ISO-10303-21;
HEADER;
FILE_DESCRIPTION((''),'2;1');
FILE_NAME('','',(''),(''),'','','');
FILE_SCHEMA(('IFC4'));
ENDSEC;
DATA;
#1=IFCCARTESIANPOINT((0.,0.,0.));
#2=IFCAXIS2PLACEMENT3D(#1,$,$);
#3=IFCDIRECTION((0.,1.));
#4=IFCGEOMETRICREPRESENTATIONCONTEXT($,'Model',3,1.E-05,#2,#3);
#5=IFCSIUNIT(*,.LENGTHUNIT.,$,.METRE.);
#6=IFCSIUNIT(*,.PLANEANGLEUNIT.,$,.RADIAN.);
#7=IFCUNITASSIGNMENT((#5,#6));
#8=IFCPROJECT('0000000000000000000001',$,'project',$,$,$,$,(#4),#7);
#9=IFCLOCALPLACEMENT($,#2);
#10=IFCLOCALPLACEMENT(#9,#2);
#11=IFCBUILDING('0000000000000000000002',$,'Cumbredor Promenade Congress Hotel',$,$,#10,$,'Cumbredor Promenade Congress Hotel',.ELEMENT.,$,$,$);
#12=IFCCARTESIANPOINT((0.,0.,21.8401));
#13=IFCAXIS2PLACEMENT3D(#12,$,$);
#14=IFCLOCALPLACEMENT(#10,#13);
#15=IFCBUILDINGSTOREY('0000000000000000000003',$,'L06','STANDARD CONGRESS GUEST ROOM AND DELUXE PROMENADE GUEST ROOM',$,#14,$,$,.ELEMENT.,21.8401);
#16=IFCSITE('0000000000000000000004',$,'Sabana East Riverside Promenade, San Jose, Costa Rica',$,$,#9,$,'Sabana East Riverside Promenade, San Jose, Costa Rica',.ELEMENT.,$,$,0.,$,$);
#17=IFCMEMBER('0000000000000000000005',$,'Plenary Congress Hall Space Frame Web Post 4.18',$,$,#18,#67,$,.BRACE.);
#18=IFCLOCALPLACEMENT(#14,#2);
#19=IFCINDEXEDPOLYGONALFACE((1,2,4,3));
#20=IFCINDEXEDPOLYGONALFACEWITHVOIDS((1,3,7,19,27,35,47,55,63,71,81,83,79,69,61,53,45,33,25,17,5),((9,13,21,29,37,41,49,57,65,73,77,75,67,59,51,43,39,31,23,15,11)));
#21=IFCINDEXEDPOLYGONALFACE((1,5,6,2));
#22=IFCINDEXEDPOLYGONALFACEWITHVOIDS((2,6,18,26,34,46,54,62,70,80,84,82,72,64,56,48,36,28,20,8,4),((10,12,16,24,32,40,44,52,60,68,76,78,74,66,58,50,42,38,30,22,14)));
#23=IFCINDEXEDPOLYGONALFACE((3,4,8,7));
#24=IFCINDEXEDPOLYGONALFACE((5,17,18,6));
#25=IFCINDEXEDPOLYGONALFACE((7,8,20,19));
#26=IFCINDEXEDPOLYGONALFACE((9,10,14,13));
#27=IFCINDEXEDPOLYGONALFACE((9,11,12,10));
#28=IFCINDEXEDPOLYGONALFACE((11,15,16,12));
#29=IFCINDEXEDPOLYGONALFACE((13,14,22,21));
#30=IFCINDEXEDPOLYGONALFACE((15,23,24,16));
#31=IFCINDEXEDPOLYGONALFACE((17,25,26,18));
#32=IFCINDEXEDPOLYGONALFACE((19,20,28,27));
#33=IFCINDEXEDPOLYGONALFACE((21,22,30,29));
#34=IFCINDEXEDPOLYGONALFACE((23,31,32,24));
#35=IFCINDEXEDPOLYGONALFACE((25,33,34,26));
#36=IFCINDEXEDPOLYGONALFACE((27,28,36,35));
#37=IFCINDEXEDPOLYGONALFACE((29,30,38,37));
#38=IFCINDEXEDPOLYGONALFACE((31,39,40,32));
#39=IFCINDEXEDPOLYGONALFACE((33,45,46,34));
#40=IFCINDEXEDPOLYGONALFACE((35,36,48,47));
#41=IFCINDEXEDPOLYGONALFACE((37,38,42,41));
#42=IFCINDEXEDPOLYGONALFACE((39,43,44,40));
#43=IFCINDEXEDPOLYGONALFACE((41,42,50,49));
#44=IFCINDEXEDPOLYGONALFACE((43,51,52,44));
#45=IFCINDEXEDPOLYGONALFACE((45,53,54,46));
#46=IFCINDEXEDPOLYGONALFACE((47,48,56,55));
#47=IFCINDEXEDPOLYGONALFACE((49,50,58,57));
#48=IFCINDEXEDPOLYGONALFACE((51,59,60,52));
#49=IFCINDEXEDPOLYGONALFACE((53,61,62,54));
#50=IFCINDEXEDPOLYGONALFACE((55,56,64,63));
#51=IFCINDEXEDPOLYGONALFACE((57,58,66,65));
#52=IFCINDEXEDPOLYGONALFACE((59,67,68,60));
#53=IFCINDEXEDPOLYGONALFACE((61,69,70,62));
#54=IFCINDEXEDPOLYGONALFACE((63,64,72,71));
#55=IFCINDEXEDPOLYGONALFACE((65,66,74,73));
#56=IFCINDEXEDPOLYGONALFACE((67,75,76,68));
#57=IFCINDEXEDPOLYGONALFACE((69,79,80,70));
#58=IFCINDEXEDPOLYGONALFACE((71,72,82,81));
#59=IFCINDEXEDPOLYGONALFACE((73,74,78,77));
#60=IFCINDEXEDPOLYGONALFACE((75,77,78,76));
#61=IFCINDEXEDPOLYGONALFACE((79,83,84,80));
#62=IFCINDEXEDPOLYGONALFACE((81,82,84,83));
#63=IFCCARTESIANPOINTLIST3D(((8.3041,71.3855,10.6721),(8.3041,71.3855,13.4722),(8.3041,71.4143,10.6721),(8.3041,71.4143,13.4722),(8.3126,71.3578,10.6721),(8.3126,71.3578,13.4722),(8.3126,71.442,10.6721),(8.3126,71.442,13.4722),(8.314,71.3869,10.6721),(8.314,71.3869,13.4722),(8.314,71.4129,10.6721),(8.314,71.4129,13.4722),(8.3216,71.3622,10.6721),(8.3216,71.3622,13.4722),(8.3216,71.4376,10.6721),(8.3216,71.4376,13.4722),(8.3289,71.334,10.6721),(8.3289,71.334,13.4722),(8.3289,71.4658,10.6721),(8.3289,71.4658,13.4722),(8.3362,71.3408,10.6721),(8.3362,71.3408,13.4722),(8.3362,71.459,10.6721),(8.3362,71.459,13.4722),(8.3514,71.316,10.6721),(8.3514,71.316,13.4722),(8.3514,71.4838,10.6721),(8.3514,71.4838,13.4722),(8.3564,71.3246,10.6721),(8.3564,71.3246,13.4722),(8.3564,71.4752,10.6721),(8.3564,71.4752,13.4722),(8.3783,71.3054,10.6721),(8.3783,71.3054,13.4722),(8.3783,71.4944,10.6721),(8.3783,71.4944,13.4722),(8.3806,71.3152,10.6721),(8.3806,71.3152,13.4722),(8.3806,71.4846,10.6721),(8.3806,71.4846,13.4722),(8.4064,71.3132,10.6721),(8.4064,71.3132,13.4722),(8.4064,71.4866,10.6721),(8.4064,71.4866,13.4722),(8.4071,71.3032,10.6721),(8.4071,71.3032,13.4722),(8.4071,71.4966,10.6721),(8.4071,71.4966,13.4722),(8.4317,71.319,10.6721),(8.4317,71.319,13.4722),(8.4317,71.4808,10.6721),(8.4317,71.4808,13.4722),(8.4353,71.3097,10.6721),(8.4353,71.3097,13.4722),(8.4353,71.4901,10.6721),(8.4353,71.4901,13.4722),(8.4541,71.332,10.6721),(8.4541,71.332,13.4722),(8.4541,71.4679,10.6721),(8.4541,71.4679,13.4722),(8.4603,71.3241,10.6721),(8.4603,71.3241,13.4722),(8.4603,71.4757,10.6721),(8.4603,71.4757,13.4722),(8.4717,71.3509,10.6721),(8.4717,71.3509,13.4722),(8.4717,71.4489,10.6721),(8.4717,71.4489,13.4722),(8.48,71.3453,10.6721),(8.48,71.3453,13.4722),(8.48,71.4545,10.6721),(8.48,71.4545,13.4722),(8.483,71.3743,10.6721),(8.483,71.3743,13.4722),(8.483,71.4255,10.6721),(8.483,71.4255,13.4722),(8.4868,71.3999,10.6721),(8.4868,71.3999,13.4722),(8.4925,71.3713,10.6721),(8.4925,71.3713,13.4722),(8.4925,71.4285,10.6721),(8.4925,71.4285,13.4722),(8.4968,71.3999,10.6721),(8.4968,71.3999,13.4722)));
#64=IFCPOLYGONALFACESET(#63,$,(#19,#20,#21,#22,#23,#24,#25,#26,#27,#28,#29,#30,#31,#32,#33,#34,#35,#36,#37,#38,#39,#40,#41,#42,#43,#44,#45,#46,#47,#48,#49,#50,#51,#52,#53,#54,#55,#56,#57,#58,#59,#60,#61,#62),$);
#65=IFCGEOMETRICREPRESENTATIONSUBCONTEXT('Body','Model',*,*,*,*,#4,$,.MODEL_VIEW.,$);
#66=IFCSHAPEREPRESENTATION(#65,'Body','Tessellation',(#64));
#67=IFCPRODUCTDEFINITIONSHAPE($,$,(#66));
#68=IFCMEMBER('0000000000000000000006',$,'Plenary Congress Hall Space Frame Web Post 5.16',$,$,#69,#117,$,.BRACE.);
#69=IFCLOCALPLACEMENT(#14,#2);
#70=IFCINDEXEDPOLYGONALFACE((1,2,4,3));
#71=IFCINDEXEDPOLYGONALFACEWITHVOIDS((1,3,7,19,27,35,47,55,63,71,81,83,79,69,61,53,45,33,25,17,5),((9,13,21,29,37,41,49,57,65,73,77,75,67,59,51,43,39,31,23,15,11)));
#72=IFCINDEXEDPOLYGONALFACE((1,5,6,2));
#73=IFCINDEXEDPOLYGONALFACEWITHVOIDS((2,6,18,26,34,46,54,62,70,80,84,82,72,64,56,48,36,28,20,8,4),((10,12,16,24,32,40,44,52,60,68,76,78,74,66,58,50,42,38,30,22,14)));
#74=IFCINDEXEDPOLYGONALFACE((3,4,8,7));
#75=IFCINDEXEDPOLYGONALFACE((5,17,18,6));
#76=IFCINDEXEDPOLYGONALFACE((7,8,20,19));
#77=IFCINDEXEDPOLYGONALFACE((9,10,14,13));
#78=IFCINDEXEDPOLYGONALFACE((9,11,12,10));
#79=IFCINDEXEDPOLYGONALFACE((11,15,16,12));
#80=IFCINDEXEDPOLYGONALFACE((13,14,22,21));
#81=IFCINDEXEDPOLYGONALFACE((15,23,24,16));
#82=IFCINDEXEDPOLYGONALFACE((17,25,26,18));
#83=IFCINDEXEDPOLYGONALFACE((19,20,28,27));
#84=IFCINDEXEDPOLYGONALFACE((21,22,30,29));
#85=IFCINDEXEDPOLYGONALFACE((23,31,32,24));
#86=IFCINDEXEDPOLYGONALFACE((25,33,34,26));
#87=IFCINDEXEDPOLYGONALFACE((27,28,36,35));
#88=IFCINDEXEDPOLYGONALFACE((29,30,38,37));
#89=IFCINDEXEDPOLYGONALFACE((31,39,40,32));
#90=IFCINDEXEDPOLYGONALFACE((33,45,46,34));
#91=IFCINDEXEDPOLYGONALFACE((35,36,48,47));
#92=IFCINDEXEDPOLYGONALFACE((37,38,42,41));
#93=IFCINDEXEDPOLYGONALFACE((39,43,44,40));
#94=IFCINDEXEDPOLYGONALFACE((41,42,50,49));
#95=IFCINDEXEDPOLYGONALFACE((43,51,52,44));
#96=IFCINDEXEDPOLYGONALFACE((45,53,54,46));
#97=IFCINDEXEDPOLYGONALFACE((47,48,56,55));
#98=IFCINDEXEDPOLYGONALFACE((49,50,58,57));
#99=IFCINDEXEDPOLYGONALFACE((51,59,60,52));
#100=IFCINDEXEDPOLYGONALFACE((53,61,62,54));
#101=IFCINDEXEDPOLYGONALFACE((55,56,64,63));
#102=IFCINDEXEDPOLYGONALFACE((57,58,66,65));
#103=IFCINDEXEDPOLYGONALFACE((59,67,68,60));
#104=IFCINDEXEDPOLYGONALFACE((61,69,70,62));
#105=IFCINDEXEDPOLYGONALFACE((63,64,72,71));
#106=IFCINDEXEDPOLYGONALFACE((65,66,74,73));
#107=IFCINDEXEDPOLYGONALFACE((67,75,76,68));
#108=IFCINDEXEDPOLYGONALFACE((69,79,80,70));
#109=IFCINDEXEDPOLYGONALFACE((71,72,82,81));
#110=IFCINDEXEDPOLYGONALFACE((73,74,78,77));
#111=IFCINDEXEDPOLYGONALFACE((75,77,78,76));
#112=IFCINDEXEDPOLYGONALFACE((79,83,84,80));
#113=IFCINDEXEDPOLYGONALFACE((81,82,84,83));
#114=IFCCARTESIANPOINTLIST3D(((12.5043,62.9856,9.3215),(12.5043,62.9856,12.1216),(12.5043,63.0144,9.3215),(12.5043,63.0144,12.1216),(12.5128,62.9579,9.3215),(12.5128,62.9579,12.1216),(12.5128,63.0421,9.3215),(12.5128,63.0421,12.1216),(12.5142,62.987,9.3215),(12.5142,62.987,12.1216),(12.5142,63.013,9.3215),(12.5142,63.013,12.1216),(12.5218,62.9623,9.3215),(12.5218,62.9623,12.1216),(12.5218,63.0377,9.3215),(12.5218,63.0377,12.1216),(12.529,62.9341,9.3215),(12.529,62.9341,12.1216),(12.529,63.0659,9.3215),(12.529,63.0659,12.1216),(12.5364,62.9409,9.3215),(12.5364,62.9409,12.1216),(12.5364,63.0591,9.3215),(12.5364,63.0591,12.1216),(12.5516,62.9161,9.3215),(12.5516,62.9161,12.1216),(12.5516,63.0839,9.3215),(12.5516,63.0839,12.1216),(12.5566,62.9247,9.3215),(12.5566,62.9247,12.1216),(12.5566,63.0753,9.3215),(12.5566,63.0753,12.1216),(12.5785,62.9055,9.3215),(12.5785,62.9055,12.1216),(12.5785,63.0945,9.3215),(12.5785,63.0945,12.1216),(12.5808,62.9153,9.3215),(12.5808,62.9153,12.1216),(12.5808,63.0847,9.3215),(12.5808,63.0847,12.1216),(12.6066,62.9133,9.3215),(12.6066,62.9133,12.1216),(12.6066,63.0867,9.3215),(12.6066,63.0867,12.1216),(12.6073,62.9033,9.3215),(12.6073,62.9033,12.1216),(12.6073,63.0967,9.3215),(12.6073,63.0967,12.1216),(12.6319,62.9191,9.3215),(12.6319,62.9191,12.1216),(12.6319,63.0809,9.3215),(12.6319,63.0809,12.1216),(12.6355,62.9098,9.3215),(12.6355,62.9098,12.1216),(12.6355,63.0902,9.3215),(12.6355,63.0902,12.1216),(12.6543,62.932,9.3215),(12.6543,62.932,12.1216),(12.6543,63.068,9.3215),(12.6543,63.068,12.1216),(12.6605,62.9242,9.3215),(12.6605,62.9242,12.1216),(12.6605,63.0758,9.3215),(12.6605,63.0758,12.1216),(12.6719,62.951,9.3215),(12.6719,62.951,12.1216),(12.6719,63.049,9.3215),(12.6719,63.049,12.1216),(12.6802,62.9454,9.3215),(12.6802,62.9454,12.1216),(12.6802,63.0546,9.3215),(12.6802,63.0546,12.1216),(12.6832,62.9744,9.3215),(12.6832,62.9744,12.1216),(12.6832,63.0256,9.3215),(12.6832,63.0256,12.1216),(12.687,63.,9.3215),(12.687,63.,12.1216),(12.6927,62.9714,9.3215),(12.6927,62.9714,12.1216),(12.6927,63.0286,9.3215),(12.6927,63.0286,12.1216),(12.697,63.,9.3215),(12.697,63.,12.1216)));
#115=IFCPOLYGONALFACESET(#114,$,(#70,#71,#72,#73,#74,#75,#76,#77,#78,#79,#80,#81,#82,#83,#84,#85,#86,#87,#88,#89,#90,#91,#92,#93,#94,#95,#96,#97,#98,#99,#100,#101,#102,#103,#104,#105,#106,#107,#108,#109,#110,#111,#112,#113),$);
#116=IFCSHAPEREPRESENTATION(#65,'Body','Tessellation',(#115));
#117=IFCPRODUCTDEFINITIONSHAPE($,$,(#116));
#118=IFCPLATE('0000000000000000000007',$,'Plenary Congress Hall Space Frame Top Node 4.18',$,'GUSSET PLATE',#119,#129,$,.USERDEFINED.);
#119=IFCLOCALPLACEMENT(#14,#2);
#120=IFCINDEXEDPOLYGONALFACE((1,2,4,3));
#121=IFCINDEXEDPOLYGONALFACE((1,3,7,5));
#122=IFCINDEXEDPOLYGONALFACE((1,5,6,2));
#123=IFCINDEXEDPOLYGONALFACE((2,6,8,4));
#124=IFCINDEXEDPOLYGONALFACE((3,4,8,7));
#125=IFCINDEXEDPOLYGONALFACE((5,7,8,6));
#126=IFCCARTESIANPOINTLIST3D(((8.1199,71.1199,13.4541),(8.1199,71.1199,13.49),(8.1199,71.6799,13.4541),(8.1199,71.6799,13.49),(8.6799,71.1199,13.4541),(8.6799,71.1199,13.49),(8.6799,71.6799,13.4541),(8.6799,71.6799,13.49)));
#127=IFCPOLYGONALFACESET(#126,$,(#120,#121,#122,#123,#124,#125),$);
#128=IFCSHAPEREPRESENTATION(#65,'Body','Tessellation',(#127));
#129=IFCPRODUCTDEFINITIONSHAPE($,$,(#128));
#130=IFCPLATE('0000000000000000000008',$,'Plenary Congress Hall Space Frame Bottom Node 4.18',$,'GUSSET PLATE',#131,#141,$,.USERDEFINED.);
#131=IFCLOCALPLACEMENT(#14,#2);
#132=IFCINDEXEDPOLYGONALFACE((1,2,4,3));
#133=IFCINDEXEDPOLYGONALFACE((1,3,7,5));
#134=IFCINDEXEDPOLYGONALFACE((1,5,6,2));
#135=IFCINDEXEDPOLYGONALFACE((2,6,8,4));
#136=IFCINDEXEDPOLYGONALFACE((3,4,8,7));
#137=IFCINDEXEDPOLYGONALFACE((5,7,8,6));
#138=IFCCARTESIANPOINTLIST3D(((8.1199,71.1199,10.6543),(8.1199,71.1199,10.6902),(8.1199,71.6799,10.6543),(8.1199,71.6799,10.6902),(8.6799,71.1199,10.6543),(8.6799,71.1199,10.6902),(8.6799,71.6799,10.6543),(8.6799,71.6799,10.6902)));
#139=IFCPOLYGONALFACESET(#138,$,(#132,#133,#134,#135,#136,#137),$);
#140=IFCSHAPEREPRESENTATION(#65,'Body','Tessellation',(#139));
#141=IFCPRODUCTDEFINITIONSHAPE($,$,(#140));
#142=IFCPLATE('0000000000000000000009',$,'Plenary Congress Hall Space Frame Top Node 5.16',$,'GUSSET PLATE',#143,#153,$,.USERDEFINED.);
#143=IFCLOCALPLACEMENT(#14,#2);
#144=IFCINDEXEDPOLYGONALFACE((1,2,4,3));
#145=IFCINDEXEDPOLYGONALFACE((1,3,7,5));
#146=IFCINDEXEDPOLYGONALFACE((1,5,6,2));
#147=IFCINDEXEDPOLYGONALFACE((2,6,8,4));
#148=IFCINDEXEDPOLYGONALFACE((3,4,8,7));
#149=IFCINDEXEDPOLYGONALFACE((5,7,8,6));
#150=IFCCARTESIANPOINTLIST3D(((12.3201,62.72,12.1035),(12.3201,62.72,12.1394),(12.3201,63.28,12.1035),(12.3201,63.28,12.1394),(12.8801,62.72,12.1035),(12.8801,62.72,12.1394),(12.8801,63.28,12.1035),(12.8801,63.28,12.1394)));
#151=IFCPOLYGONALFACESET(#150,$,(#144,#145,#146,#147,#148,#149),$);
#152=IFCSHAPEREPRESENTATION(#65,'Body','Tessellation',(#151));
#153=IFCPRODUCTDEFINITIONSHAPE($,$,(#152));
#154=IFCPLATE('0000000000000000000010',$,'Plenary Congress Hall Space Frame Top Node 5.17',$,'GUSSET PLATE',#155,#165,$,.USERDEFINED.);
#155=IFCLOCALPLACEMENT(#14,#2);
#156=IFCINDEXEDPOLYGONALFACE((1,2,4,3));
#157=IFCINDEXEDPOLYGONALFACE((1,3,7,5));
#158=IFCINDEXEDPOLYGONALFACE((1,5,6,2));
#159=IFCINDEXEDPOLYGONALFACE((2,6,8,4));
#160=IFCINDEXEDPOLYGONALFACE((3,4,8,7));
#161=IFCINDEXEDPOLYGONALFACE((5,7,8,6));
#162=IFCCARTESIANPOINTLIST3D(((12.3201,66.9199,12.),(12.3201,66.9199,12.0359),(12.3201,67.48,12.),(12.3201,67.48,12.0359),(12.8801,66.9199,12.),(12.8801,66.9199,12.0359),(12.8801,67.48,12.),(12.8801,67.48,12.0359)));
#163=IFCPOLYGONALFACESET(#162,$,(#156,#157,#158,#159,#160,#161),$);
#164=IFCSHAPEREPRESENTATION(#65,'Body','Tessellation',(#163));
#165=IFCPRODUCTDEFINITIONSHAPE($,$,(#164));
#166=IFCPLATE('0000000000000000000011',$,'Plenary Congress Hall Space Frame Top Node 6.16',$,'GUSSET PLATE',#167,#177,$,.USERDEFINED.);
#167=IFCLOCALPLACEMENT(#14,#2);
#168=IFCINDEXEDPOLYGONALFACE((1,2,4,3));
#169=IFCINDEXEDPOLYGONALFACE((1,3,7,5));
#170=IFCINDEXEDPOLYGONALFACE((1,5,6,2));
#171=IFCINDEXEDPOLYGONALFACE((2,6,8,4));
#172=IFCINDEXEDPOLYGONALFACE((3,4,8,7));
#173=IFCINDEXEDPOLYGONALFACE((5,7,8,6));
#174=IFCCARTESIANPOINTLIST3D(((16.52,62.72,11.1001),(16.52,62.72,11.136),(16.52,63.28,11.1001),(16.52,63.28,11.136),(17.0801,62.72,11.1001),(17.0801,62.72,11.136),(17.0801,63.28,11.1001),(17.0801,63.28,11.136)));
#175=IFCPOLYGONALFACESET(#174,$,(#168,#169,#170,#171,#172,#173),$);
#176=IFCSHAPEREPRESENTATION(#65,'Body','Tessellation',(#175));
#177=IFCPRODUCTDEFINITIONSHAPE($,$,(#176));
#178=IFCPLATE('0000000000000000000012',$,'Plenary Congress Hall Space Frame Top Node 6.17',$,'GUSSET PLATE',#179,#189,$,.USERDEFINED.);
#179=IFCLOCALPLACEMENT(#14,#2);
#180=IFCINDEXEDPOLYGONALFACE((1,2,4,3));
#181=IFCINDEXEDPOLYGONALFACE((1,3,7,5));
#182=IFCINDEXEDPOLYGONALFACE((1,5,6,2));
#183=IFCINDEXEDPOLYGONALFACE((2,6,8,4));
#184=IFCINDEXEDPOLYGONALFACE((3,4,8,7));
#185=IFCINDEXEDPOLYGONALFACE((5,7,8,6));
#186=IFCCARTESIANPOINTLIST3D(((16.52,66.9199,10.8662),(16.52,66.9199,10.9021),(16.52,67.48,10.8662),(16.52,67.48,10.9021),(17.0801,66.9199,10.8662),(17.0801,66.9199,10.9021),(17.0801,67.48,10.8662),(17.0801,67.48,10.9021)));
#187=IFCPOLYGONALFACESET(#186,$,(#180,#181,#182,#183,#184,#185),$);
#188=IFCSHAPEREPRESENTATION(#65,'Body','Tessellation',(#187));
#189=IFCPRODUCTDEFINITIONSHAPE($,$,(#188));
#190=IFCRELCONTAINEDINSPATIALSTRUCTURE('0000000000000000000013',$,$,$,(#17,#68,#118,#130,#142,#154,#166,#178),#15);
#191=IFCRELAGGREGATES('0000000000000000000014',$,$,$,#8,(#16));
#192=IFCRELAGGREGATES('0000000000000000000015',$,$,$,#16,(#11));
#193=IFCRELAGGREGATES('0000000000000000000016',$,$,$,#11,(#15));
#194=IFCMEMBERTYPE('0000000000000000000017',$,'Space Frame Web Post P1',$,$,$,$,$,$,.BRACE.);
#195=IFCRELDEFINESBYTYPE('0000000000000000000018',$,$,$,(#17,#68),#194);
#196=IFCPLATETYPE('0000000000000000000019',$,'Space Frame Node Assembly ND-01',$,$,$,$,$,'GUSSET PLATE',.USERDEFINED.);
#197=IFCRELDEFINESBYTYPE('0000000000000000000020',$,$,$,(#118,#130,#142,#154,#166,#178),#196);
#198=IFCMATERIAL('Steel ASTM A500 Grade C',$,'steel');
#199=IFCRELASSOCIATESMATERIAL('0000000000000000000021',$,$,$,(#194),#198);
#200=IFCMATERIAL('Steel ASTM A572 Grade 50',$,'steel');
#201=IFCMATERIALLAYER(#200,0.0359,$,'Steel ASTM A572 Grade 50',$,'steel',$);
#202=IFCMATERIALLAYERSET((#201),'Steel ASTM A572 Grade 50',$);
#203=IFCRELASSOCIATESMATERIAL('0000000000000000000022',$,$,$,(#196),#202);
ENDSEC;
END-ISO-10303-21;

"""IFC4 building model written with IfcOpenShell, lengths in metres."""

from ifc_helpers import new_model, si_unit, direction, frame, origin, origin_2d, place, context, subcontext, project, spatial, rectangle, hollow_circle, extrude, material, layer, layer_set, material_profile, profile_set, type_object, element, save


model = new_model("IFC4")

# Units and contexts
model_context = context("Model", 3, precision=1e-05, world=origin(), true_north=direction((0.0, 1.0)))
body_context = subcontext(model_context, "Body", "Model", "MODEL_VIEW")
ifc_project = project(units=[si_unit("LENGTHUNIT", "METRE"), si_unit("PLANEANGLEUNIT", "RADIAN")], contexts=[model_context])

# Site, building, storey
site_placement = place(None, origin())
site = spatial("IfcSite", under=ifc_project, at=site_placement, Name="Sabana East Riverside Promenade, San Jose, Costa Rica", LongName="Sabana East Riverside Promenade, San Jose, Costa Rica", CompositionType="ELEMENT", RefElevation=0.0)
building_placement = place(site_placement, origin())
building = spatial("IfcBuilding", under=site, at=building_placement, Name="Cumbredor Promenade Congress Hotel", LongName="Cumbredor Promenade Congress Hotel", CompositionType="ELEMENT")
storey_placement = place(building_placement, frame((0.0, 0.0, 21.8401)))
storey = spatial("IfcBuildingStorey", under=building, at=storey_placement, Name="L06", Description="STANDARD CONGRESS GUEST ROOM AND DELUXE PROMENADE GUEST ROOM", CompositionType="ELEMENT", Elevation=21.8401)

# Members
ifc_material_1 = material(Name="Steel ASTM A500 Grade C", Category="steel")
ifc_material_profile_1 = material_profile(ifc_material_1, hollow_circle(Radius=0.0969, WallThickness=0.01, at=origin_2d()), Name="CHS 193.7x10")
ifc_profile_set_1 = profile_set([ifc_material_profile_1], Name="Steel ASTM A500 Grade C")
member_type_1 = type_object("IfcMemberType", Name="Space Frame Web Post P1", PredefinedType="BRACE", material=ifc_profile_set_1)
for number, where, z_axis, x_axis, name in (
    (1, (8.3999, 71.3999, 10.6721), (0.0, 0.0, 1.0), (1.0, 0.0, 0.0), "Plenary Congress Hall Space Frame Web Post 4.18"),
    (2, (12.6001, 63.0, 9.3215), (0.0, 0.0, 1.0), (1.0, 0.0, 0.0), "Plenary Congress Hall Space Frame Web Post 5.16"),
):
    element("IfcMember", number, at=place(storey_placement, frame(where, z_axis=z_axis, x_axis=x_axis)), inside=storey, type_object=member_type_1, Name=name, PredefinedType="BRACE", context=body_context, shape_type="SweptSolid", body=[
        extrude(hollow_circle(Radius=0.0969, WallThickness=0.01, at=origin_2d()), origin(), (0.0, 0.0, 1.0), 2.8),
    ])

# Plates
ifc_material_2 = material(Name="Steel ASTM A572 Grade 50", Category="steel")
ifc_layer = layer(ifc_material_2, 0.0359, Name="Steel ASTM A572 Grade 50", Category="steel")
ifc_layer_set = layer_set([ifc_layer], Name="Steel ASTM A572 Grade 50")
plate_type = type_object("IfcPlateType", Name="Space Frame Node Assembly ND-01", ElementType="GUSSET PLATE", PredefinedType="USERDEFINED", material=ifc_layer_set)
for number, where, z_axis, x_axis, name in (
    (3, (8.3999, 71.3999, 13.4541), (0.0, 0.0, 1.0), (1.0, 0.0, 0.0), "Plenary Congress Hall Space Frame Top Node 4.18"),
    (4, (8.3999, 71.3999, 10.6543), (0.0, 0.0, 1.0), (1.0, 0.0, 0.0), "Plenary Congress Hall Space Frame Bottom Node 4.18"),
    (5, (12.6001, 63.0, 12.1035), (0.0, 0.0, 1.0), (1.0, 0.0, 0.0), "Plenary Congress Hall Space Frame Top Node 5.16"),
    (6, (12.6001, 67.2, 12.0), (0.0, 0.0, 1.0), (1.0, 0.0, 0.0), "Plenary Congress Hall Space Frame Top Node 5.17"),
    (7, (16.8, 63.0, 11.1001), (0.0, 0.0, 1.0), (1.0, 0.0, 0.0), "Plenary Congress Hall Space Frame Top Node 6.16"),
    (8, (16.8, 67.2, 10.8662), (0.0, 0.0, 1.0), (1.0, 0.0, 0.0), "Plenary Congress Hall Space Frame Top Node 6.17"),
):
    element("IfcPlate", number, at=place(storey_placement, frame(where, z_axis=z_axis, x_axis=x_axis)), inside=storey, type_object=plate_type, Name=name, ObjectType="GUSSET PLATE", PredefinedType="USERDEFINED", context=body_context, shape_type="SweptSolid", body=[
        extrude(rectangle(XDim=0.5601, YDim=0.5601, at=origin_2d()), origin(), (0.0, 0.0, 1.0), 0.0359),
    ])

save(model, "model.ifc")
